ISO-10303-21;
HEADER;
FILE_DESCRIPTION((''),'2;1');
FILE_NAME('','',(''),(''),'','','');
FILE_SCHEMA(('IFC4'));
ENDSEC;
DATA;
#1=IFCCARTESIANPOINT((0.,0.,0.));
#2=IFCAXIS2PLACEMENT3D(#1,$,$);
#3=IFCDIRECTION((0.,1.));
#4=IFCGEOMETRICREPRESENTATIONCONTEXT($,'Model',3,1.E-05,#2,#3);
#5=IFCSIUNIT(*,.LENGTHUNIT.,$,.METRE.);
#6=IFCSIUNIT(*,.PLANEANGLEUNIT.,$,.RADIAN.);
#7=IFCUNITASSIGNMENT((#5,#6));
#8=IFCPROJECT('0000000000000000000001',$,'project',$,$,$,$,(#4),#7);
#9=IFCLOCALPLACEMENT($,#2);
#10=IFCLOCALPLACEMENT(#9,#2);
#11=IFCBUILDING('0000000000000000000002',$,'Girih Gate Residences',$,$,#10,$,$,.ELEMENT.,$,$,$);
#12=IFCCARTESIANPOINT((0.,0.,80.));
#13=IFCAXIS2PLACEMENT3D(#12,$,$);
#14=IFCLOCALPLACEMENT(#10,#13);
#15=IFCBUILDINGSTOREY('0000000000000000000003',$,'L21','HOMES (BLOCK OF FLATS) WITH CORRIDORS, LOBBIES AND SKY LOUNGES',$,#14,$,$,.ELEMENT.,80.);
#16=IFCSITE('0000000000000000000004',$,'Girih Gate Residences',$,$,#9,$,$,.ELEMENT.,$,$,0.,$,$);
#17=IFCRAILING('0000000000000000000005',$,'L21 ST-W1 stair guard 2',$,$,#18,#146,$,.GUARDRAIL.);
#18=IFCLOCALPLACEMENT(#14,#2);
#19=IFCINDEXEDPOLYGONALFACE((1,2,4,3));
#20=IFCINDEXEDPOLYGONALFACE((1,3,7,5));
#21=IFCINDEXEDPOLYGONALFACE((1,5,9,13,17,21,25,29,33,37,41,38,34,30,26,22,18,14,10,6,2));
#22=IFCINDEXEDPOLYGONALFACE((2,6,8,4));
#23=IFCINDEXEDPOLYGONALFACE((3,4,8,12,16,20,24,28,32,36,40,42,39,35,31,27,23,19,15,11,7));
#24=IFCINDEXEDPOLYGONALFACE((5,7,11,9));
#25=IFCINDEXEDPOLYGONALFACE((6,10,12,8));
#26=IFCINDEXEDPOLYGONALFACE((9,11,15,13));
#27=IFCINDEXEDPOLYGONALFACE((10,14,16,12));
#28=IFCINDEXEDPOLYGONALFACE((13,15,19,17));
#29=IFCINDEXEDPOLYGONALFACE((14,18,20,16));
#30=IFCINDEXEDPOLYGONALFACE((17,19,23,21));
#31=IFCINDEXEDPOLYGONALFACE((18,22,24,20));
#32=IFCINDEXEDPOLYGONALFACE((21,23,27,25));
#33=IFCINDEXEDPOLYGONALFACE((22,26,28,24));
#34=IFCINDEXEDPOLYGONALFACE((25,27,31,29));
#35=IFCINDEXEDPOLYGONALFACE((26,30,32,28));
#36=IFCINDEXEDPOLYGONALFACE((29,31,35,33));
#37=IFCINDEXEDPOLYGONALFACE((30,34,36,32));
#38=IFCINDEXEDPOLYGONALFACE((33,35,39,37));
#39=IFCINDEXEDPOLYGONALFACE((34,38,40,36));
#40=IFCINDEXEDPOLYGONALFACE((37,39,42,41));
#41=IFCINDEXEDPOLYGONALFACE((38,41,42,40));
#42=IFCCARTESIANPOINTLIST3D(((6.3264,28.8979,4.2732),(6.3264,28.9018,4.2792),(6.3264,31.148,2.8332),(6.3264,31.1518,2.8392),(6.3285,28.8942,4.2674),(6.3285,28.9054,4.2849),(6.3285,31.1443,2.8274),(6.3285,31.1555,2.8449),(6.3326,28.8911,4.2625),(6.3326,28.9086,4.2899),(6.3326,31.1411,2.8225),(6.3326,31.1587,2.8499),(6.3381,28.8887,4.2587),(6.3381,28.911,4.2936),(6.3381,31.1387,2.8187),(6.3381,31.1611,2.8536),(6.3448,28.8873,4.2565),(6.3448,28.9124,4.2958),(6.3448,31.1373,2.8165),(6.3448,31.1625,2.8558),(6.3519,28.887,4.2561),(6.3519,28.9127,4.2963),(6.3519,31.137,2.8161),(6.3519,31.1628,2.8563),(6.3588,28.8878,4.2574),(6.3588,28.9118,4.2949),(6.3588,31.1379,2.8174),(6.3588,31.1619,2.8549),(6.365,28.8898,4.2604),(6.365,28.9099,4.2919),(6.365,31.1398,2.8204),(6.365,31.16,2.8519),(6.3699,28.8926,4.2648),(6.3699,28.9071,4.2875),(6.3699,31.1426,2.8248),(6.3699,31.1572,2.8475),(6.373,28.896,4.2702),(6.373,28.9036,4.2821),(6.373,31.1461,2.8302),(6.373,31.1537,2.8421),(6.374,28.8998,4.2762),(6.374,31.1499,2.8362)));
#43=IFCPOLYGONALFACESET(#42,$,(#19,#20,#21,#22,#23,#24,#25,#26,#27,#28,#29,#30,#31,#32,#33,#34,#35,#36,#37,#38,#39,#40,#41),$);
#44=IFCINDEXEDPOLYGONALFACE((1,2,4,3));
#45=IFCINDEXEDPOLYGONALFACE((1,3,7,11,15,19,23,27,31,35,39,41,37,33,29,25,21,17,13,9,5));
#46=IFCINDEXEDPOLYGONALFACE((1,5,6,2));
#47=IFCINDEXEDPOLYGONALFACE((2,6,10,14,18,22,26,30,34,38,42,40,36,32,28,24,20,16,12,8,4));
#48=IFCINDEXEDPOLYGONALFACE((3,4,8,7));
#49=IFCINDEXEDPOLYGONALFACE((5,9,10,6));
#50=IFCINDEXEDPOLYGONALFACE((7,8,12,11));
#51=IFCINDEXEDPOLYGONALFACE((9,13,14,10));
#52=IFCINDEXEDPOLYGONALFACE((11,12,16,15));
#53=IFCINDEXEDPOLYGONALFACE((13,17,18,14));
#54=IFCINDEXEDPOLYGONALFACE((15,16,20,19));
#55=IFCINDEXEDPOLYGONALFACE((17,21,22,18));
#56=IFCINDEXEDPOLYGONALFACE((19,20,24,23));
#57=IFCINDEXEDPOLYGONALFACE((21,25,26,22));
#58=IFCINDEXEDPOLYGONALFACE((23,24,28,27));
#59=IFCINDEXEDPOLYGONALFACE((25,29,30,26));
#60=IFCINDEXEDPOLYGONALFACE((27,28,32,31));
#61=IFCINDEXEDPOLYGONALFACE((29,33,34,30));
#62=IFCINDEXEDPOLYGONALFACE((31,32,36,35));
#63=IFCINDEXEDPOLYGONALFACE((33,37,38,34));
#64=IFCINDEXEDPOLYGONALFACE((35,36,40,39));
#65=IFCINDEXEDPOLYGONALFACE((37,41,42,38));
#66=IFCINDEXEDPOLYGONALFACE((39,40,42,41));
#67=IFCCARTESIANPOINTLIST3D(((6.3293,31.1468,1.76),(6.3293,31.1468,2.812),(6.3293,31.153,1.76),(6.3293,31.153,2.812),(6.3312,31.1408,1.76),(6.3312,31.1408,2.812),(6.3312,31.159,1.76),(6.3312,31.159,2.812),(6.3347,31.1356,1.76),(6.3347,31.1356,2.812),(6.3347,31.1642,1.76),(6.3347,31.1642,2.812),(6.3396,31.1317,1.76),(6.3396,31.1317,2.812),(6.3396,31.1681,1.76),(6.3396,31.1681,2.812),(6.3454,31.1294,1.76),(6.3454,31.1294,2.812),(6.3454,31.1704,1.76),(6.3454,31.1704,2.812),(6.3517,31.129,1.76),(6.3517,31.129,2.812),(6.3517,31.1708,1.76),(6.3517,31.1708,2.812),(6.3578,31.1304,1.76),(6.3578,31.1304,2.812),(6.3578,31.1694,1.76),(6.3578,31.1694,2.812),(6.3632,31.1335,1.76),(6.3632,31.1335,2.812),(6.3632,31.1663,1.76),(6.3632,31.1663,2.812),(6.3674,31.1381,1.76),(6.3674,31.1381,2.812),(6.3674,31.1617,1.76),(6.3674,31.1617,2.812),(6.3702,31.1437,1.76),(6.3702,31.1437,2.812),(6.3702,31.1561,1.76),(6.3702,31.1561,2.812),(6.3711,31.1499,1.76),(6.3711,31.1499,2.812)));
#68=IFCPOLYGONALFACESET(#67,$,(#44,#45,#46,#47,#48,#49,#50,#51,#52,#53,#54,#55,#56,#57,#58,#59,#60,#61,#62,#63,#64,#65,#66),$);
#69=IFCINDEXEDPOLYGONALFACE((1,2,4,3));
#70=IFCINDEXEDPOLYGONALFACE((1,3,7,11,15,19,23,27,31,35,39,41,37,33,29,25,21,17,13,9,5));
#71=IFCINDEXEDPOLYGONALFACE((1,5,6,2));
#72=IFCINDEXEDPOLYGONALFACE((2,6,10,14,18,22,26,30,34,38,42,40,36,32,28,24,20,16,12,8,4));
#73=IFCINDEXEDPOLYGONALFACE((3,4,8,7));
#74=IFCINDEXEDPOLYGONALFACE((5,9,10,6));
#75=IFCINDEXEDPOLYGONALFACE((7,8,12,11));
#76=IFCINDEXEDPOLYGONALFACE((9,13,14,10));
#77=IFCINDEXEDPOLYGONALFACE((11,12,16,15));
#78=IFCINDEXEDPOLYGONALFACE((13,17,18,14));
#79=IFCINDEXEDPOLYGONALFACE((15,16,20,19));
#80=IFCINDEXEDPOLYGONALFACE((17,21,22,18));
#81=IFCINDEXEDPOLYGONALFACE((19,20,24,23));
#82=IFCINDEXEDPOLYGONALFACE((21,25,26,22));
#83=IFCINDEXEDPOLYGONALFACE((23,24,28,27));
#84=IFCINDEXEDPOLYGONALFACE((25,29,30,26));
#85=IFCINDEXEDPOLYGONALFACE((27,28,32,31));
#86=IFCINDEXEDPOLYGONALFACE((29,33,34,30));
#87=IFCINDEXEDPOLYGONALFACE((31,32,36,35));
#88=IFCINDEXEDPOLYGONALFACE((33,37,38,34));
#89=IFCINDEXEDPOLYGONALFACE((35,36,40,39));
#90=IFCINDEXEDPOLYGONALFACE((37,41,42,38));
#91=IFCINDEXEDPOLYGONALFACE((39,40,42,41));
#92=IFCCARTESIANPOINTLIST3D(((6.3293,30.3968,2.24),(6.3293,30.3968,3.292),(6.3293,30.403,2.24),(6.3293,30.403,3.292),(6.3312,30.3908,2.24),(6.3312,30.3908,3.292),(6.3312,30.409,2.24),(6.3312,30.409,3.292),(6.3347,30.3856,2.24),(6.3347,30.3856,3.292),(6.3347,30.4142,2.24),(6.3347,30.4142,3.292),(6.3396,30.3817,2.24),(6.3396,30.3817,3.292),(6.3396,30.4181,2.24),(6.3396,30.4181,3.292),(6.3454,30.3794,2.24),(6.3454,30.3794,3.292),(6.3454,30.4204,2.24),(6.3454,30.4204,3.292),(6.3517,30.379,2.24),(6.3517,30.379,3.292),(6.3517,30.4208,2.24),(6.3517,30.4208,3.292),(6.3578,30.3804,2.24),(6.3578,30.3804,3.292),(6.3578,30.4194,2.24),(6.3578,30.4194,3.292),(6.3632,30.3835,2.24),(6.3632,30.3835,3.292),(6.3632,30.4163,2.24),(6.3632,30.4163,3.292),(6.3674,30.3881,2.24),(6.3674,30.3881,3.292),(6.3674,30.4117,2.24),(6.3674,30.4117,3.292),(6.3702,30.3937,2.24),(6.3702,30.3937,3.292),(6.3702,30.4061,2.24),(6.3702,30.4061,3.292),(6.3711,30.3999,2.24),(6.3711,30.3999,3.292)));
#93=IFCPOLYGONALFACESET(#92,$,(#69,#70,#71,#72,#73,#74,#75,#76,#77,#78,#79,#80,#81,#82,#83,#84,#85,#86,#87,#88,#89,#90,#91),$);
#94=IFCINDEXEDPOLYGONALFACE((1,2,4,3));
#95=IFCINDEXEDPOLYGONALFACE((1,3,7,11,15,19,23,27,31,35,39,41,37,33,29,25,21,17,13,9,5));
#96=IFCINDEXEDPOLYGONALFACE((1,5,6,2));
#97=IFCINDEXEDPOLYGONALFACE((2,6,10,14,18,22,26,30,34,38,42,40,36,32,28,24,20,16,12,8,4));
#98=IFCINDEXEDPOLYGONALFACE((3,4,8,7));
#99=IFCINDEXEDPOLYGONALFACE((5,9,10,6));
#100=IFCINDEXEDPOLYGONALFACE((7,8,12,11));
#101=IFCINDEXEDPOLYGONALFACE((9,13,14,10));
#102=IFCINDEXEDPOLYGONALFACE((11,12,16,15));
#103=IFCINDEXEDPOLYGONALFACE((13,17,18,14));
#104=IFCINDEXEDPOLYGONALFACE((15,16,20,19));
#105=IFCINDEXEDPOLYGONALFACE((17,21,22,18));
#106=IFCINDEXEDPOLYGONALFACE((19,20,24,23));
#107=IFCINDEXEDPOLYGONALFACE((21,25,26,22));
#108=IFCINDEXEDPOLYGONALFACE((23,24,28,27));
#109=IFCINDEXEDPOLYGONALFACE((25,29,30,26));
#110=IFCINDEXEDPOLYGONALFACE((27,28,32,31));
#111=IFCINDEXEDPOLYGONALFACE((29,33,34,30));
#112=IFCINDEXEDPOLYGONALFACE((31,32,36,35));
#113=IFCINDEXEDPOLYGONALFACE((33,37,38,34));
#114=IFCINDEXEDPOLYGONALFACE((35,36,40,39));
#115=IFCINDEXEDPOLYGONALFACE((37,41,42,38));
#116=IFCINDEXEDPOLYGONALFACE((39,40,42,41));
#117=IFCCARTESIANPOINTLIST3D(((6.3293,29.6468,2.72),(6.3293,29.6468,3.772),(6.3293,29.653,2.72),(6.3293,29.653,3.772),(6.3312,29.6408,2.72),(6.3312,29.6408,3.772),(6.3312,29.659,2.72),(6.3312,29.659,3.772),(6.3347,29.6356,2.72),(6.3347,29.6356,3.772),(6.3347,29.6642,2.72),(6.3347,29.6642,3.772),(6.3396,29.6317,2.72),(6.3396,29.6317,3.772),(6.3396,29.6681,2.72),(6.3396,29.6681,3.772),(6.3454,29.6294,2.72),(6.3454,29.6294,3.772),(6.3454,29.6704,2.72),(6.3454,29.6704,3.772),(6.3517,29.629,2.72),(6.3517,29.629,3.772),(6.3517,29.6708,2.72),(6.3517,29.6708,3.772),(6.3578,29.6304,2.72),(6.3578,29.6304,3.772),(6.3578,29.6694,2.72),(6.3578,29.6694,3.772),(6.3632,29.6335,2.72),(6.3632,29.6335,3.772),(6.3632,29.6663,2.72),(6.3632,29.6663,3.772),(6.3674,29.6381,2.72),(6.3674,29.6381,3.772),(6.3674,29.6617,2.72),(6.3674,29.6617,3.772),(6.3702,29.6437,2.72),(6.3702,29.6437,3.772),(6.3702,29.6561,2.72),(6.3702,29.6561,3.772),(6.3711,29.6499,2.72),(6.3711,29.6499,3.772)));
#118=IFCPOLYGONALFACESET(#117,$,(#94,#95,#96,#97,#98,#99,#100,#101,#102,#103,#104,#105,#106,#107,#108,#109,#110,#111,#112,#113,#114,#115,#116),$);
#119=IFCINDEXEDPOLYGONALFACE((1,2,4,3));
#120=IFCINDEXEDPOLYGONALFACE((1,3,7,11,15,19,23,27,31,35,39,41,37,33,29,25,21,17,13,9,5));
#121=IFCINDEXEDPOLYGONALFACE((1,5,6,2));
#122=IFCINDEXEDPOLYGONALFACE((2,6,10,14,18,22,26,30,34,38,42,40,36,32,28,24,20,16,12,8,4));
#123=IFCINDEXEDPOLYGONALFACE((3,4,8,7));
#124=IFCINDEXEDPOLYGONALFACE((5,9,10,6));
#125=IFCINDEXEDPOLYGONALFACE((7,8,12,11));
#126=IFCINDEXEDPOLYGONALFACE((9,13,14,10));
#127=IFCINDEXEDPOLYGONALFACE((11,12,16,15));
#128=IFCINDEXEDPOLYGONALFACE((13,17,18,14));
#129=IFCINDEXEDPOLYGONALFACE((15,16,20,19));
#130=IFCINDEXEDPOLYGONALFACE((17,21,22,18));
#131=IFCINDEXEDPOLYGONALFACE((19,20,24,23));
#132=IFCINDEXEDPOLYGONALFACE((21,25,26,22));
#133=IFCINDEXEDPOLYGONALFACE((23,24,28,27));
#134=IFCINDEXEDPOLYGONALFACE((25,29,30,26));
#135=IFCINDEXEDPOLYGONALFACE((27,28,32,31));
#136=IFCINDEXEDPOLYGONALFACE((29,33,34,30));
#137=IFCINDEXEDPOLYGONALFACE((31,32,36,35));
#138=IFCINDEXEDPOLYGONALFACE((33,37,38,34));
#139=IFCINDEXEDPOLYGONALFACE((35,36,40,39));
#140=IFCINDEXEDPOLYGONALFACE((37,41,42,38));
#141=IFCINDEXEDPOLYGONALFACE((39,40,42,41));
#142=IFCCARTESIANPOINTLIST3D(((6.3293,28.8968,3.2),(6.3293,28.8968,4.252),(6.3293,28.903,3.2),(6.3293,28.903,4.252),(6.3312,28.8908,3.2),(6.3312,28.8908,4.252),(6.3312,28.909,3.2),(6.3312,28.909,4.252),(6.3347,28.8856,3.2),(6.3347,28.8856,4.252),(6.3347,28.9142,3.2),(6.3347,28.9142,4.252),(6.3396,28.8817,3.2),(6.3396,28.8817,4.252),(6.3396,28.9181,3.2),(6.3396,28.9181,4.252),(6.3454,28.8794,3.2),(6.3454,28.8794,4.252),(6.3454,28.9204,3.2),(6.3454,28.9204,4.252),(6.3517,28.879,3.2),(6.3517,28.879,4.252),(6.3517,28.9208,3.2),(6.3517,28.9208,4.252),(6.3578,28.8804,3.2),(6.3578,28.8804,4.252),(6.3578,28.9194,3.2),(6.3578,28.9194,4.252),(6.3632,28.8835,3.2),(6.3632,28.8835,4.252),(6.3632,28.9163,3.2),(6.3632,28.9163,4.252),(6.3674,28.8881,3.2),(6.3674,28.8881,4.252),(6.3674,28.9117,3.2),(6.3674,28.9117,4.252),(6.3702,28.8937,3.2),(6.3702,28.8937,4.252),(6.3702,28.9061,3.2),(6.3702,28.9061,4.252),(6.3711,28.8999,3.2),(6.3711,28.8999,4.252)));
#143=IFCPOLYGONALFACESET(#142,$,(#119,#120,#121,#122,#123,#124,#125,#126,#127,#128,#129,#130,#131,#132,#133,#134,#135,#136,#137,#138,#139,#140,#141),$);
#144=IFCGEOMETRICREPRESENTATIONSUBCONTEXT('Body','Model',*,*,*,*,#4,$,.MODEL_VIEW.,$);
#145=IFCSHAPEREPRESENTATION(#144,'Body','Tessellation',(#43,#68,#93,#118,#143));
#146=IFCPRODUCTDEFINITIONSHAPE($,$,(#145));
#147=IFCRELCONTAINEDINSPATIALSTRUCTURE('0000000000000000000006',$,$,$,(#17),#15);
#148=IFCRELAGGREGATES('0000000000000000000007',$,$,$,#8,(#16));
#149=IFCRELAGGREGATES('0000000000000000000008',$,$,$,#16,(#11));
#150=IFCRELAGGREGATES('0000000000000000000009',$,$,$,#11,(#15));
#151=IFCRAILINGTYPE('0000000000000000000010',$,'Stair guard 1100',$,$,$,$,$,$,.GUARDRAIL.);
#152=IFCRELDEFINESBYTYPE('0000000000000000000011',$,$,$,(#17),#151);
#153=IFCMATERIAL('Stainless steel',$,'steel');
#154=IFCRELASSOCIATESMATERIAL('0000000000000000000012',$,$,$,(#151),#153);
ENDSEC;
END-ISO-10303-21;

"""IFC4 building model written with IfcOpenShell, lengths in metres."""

from ifc_helpers import new_model, si_unit, direction, frame, origin, origin_2d, place, context, subcontext, project, spatial, circle, extrude, material, type_object, element, save


model = new_model("IFC4")

# Units and contexts
model_context = context("Model", 3, precision=1e-05, world=origin(), true_north=direction((0.0, 1.0)))
body_context = subcontext(model_context, "Body", "Model", "MODEL_VIEW")
ifc_project = project(units=[si_unit("LENGTHUNIT", "METRE"), si_unit("PLANEANGLEUNIT", "RADIAN")], contexts=[model_context])

# Site, building, storey
site_placement = place(None, origin())
site = spatial("IfcSite", under=ifc_project, at=site_placement, Name="Girih Gate Residences", CompositionType="ELEMENT", RefElevation=0.0)
building_placement = place(site_placement, origin())
building = spatial("IfcBuilding", under=site, at=building_placement, Name="Girih Gate Residences", CompositionType="ELEMENT")
storey_placement = place(building_placement, frame((0.0, 0.0, 80.0)))
storey = spatial("IfcBuildingStorey", under=building, at=storey_placement, Name="L21", Description="HOMES (BLOCK OF FLATS) WITH CORRIDORS, LOBBIES AND SKY LOUNGES", CompositionType="ELEMENT", Elevation=80.0)

# Shared definitions
ifc_material_1 = material(Name="Stainless steel", Category="steel")

# Railing
railing_type = type_object("IfcRailingType", Name="Stair guard 1100", PredefinedType="GUARDRAIL", material=ifc_material_1)
railing_placement = place(storey_placement, frame((6.3501, 31.1499, 1.76)))
element("IfcRailing", 1, at=railing_placement, inside=storey, type_object=railing_type, Name="L21 ST-W1 stair guard 2", PredefinedType="GUARDRAIL", context=body_context, shape_type="SweptSolid", body=[
    extrude(circle(Radius=0.0239, at=origin_2d()), frame((0.0, 0.0, 1.0762), z_axis=(0.0, -0.842281, 0.539038), x_axis=(1.0, 0.0, 0.0)), (0.0, 0.0, 1.0), 2.6714),
    extrude(circle(Radius=0.021, at=origin_2d()), origin(), (0.0, 0.0, 1.0), 1.052),
    extrude(circle(Radius=0.021, at=origin_2d()), frame((0.0, -0.75, 0.48)), (0.0, 0.0, 1.0), 1.052),
    extrude(circle(Radius=0.021, at=origin_2d()), frame((0.0, -1.5, 0.96)), (0.0, 0.0, 1.0), 1.052),
    extrude(circle(Radius=0.021, at=origin_2d()), frame((0.0, -2.25, 1.4399)), (0.0, 0.0, 1.0), 1.052),
])

save(model, "model.ifc")
